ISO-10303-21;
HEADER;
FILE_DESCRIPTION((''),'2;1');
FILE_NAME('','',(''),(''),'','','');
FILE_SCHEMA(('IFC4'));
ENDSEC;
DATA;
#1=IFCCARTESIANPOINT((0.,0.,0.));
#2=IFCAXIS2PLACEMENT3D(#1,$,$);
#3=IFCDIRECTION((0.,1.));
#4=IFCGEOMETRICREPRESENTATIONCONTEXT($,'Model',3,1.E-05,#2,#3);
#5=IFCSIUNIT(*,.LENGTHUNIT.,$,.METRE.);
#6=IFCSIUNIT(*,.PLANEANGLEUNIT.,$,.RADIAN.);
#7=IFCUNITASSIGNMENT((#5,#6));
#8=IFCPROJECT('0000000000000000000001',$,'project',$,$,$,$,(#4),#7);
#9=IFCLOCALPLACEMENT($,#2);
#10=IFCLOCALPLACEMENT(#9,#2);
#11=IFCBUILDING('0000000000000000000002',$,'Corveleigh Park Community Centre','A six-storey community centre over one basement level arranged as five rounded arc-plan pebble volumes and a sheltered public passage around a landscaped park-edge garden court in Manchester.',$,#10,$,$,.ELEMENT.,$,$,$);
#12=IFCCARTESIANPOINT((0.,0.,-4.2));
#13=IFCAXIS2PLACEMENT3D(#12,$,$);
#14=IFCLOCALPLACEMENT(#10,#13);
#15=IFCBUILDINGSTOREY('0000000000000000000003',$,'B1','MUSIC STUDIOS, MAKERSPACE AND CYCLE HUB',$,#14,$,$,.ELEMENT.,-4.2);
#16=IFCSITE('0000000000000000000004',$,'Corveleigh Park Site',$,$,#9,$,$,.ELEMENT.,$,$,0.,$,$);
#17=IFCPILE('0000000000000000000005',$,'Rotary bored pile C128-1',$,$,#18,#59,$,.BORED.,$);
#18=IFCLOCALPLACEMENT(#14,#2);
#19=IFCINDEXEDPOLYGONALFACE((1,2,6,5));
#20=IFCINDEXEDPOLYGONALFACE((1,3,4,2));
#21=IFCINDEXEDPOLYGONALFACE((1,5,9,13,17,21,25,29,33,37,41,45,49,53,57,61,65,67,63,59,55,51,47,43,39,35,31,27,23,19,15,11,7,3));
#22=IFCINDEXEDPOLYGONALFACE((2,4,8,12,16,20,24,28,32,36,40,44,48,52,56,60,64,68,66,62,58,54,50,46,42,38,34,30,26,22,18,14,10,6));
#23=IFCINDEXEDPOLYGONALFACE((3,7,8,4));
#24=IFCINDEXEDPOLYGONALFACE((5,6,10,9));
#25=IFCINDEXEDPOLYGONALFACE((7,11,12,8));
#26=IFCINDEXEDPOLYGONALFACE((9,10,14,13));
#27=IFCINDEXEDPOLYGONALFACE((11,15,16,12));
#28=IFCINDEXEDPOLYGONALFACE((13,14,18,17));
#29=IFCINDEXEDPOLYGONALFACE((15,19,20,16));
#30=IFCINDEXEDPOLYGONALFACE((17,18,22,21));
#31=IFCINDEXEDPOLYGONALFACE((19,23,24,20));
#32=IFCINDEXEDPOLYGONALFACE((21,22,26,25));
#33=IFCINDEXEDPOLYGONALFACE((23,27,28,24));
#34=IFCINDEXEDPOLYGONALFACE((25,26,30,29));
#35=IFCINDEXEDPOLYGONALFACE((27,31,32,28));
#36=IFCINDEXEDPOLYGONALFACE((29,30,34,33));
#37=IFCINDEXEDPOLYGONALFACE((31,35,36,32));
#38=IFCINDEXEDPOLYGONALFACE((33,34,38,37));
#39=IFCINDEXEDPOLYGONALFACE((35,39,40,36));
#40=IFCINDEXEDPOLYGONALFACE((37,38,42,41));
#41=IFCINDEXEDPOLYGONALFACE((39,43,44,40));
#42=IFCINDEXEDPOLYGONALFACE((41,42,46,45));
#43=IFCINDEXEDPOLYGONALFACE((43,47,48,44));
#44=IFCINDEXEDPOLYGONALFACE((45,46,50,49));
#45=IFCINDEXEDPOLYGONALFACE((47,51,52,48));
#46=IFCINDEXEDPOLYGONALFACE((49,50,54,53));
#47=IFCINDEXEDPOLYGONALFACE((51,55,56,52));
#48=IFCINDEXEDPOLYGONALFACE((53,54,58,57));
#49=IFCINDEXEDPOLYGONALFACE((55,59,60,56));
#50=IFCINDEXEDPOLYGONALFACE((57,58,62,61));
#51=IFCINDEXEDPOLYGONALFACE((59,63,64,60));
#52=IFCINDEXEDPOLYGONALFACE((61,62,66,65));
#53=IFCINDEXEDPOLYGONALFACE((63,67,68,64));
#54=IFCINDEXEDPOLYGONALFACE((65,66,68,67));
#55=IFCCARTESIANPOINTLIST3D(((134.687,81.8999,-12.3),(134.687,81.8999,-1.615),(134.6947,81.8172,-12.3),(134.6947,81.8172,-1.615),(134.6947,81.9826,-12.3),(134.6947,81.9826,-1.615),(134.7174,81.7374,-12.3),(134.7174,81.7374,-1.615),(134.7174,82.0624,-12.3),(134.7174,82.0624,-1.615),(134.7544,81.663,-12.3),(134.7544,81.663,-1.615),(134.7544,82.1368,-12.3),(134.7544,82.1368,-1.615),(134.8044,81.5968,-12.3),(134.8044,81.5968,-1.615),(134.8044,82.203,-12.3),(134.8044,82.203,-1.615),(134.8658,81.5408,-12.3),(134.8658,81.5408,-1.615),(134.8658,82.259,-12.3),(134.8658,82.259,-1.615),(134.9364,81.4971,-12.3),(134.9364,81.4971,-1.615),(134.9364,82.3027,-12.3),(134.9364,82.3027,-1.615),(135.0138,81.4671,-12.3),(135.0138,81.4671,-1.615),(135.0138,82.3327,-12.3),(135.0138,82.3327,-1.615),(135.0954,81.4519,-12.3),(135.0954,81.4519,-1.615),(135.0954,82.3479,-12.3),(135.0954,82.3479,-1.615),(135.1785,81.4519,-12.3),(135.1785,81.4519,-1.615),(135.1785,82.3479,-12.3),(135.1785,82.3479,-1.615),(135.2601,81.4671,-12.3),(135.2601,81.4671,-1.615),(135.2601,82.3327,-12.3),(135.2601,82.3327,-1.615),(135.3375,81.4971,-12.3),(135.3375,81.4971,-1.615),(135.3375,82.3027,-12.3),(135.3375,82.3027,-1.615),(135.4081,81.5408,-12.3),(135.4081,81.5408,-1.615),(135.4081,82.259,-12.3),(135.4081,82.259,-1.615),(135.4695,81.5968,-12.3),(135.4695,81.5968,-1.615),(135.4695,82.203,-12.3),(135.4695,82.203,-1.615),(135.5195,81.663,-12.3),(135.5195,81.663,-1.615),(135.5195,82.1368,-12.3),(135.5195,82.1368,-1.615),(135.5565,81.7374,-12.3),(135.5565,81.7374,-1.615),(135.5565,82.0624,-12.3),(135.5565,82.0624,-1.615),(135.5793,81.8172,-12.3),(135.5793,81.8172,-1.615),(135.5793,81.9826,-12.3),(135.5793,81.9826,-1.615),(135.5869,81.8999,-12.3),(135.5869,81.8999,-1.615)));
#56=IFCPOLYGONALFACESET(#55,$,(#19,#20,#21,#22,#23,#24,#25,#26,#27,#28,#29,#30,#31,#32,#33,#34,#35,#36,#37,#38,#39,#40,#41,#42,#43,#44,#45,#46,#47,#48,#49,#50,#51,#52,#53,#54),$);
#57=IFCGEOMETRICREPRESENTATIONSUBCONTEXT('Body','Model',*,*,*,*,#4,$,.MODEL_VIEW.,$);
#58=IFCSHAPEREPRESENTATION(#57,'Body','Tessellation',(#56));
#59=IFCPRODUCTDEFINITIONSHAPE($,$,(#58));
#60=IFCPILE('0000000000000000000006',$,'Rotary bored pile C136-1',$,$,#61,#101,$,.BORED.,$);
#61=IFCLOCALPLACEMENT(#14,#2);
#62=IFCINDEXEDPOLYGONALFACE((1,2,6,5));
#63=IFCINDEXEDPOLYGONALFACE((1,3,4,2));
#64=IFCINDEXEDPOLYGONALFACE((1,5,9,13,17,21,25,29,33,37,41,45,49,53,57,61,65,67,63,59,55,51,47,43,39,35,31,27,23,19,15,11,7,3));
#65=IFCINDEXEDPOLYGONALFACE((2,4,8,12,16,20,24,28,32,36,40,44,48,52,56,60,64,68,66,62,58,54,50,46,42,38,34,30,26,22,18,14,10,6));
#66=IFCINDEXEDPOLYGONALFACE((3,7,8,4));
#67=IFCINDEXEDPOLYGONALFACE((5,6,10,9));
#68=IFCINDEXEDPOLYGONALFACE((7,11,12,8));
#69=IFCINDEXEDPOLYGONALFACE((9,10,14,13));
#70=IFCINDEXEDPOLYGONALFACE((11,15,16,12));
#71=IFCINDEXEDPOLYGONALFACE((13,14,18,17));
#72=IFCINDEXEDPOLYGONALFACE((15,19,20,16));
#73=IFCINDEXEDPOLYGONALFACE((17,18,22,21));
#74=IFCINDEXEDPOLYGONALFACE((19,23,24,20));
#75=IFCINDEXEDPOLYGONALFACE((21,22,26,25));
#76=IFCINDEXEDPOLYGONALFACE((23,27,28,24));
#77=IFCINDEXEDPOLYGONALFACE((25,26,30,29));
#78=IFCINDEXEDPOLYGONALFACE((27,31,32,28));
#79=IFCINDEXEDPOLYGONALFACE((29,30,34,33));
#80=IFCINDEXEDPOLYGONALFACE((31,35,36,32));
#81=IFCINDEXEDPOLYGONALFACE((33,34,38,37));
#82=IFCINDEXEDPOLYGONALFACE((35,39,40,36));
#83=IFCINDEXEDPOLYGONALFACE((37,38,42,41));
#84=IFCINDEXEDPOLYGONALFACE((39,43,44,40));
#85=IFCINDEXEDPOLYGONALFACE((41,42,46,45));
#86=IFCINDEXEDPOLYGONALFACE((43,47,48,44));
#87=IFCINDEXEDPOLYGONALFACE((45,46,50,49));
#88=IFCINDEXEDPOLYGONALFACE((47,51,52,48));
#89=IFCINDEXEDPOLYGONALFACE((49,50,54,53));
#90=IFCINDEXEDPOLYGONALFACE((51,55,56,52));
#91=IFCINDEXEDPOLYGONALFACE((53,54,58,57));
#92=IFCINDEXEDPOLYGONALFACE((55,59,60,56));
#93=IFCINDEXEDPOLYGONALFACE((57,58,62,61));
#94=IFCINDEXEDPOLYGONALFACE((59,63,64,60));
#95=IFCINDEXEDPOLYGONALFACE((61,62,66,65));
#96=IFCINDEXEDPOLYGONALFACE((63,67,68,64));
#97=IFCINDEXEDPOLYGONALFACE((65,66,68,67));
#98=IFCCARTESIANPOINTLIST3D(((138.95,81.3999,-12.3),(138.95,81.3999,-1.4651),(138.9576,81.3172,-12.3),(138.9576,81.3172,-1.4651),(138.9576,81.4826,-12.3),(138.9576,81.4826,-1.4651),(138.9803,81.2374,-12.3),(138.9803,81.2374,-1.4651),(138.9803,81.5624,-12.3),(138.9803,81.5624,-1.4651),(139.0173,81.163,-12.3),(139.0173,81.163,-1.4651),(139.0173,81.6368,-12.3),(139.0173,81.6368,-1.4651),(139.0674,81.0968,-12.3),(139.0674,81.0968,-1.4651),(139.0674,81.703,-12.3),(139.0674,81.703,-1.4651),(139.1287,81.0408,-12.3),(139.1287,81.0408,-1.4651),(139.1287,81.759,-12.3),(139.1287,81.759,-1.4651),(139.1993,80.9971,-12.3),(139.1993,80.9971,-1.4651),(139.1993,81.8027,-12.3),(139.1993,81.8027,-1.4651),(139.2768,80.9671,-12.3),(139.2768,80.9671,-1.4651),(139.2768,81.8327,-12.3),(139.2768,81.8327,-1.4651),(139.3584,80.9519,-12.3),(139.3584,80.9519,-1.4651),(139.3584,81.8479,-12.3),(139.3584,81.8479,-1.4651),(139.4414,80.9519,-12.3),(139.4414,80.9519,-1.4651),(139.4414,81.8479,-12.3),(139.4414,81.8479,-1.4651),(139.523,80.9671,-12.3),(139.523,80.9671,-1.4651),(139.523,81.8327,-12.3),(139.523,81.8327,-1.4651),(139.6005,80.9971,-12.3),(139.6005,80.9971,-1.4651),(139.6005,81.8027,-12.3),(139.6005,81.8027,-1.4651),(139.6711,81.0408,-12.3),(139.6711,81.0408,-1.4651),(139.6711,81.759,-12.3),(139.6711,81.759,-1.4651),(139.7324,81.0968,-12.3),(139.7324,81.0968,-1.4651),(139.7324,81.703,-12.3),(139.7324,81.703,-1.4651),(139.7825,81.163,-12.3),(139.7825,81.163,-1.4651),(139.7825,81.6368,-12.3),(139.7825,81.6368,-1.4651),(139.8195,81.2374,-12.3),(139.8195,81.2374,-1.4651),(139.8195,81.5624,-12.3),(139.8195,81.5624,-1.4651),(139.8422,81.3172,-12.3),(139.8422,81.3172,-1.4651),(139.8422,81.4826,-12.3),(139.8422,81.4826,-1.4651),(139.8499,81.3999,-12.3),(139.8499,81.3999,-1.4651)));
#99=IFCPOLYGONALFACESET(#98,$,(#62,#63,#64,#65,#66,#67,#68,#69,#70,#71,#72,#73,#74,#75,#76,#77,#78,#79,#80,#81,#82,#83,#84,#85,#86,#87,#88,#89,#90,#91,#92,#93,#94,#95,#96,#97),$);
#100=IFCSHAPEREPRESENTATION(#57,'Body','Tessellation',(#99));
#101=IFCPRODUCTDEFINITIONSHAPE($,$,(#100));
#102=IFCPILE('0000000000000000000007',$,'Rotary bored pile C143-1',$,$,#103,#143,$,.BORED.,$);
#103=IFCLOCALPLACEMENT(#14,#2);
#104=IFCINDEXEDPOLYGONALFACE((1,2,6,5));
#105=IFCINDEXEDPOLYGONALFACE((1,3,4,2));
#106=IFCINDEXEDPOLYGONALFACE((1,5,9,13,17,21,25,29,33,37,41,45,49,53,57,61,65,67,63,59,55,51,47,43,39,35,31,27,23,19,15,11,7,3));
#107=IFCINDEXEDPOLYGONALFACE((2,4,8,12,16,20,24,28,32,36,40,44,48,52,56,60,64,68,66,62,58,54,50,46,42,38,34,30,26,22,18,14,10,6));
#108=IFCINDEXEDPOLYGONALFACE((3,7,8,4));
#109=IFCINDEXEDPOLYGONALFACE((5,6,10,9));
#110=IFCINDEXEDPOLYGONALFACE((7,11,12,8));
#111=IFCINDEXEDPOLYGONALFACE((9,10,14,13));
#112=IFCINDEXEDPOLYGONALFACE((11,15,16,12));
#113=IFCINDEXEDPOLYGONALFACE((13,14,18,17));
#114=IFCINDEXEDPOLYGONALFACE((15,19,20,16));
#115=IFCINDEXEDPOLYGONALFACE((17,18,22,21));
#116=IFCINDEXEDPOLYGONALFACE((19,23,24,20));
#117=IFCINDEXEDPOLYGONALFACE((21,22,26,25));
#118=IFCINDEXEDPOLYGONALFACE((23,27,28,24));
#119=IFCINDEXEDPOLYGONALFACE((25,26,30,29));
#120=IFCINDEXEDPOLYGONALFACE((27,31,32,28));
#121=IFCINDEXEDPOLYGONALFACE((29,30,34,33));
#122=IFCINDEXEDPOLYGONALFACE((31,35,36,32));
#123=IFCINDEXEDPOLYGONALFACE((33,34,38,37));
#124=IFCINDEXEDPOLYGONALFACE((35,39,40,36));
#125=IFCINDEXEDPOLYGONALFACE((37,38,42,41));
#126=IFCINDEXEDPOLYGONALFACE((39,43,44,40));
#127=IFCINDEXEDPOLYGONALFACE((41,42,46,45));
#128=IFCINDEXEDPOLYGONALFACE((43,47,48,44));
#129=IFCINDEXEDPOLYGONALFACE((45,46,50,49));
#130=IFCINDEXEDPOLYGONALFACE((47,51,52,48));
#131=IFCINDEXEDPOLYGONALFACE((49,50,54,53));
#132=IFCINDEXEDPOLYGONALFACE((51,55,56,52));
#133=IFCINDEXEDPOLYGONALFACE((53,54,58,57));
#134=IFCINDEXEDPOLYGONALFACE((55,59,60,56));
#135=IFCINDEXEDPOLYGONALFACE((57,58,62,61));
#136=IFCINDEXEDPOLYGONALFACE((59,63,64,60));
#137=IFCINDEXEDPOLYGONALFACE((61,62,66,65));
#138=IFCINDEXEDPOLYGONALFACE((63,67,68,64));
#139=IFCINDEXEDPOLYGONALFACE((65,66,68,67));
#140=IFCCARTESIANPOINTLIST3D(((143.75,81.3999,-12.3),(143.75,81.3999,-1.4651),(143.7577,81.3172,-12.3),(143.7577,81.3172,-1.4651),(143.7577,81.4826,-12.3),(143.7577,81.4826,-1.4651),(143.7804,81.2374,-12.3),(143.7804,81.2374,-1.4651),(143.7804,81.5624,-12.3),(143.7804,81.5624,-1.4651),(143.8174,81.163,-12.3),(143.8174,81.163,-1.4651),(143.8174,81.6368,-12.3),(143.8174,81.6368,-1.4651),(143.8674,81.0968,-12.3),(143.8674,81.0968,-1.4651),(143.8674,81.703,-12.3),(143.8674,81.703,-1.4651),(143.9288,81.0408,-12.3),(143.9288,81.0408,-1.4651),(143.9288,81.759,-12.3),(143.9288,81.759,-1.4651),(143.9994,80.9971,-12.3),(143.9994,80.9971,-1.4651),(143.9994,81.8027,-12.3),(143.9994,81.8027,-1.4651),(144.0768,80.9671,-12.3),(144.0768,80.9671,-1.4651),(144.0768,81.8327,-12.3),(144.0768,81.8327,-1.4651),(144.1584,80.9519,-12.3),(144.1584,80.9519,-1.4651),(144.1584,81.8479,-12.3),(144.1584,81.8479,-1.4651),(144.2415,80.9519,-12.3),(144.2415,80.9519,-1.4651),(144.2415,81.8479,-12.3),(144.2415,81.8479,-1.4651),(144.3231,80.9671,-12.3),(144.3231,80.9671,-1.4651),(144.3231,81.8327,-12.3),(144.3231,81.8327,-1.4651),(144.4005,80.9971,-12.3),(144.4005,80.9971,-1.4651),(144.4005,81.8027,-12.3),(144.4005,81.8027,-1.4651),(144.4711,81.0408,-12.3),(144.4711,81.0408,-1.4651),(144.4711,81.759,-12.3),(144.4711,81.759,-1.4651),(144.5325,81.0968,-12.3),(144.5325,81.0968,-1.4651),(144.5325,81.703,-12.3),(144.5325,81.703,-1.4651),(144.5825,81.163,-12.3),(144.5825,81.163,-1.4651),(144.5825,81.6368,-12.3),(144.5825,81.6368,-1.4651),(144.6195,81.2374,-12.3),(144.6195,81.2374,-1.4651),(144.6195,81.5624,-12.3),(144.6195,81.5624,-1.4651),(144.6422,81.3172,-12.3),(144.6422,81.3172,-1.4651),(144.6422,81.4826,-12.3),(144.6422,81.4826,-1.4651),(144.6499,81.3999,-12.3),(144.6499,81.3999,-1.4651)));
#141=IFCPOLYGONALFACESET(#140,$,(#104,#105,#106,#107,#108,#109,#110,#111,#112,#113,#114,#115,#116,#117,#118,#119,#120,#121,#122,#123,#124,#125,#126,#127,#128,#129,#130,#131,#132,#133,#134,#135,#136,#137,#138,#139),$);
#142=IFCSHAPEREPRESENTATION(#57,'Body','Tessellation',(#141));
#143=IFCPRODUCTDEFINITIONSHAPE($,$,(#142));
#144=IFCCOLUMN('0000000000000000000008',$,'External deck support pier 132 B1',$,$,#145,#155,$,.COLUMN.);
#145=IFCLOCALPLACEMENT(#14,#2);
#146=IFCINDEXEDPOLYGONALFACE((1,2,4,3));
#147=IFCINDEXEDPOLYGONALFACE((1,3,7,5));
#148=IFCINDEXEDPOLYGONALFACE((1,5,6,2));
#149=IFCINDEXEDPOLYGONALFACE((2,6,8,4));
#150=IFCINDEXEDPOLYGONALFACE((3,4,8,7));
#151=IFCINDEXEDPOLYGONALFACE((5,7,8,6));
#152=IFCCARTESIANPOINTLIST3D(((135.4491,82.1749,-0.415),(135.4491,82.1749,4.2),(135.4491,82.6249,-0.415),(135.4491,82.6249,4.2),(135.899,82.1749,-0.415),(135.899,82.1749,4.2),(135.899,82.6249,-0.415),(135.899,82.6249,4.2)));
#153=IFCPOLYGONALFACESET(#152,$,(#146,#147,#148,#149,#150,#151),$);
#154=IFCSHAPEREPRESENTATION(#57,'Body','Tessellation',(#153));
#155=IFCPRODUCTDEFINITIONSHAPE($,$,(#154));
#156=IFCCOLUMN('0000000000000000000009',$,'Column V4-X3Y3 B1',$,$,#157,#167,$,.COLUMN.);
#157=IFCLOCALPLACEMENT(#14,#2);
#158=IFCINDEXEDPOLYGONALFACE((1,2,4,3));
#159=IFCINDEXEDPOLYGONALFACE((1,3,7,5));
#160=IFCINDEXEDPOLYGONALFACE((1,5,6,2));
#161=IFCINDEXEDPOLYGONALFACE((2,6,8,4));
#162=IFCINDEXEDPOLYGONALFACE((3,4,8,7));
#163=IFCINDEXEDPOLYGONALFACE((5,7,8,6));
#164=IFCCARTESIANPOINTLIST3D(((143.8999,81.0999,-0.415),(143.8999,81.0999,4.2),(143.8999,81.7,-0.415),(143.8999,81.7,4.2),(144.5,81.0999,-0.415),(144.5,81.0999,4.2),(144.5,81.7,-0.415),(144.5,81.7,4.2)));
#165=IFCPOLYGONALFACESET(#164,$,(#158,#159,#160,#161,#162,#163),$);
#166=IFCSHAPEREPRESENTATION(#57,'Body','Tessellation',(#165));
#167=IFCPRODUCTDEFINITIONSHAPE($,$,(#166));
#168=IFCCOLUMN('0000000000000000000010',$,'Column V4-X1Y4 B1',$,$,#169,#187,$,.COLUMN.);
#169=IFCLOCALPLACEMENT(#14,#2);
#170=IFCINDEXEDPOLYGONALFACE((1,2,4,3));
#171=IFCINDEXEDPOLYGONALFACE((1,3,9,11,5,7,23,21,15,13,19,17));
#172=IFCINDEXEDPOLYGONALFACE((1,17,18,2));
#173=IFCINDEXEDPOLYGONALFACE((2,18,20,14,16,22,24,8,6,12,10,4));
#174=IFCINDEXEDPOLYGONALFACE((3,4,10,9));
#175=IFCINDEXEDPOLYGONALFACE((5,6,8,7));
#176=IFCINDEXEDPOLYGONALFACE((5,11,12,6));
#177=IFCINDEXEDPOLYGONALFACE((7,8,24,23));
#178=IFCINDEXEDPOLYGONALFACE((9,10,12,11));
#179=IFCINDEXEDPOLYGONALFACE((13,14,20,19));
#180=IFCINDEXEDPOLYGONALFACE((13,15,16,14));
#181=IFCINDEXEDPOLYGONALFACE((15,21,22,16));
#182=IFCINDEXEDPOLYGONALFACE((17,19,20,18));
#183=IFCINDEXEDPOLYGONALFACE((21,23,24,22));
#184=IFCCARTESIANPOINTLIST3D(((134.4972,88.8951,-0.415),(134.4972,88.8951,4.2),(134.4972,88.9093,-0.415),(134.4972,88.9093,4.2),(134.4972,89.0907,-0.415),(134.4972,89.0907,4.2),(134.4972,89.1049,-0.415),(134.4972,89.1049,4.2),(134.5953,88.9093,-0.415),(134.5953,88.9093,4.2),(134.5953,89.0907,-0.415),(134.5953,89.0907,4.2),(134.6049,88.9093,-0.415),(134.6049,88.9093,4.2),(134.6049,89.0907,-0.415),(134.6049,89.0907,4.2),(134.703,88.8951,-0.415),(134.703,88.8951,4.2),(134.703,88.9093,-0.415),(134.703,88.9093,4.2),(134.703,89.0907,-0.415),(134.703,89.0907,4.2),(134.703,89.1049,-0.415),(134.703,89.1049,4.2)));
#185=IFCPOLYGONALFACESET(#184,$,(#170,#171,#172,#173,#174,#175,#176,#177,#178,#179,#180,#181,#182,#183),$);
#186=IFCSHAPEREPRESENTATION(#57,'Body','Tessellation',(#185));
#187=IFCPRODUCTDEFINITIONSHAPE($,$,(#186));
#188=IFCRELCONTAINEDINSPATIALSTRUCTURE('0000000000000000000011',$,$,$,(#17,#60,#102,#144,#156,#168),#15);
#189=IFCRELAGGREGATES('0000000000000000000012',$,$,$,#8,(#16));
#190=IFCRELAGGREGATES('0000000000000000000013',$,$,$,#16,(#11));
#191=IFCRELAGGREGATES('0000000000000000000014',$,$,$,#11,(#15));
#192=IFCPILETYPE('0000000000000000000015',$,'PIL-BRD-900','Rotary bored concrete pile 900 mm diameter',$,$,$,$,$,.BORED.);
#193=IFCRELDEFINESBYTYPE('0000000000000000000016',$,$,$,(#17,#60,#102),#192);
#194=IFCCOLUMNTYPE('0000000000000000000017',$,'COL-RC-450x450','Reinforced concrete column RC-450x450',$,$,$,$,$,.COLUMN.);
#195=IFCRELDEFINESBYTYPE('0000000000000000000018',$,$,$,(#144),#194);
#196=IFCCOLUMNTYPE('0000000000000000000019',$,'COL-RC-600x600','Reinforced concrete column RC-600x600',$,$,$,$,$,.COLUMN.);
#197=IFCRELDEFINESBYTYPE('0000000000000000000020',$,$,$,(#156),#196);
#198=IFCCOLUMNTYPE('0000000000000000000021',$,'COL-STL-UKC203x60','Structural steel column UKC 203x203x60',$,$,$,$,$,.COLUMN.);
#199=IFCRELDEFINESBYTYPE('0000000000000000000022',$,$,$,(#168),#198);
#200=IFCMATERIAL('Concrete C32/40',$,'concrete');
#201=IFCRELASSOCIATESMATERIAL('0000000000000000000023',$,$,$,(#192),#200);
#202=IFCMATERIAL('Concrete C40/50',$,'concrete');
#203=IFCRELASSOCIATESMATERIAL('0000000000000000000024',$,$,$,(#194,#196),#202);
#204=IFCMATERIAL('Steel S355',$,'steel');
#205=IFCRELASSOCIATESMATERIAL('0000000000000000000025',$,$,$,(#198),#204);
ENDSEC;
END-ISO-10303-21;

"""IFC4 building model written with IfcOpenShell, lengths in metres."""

from ifc_helpers import new_model, si_unit, direction, frame, origin, origin_2d, place, context, subcontext, project, spatial, rectangle, circle, i_section, extrude, material, material_profile, profile_set, type_object, element, save


model = new_model("IFC4")

# Units and contexts
model_context = context("Model", 3, precision=1e-05, world=origin(), true_north=direction((0.0, 1.0)))
body_context = subcontext(model_context, "Body", "Model", "MODEL_VIEW")
ifc_project = project(units=[si_unit("LENGTHUNIT", "METRE"), si_unit("PLANEANGLEUNIT", "RADIAN")], contexts=[model_context])

# Site, building, storey
site_placement = place(None, origin())
site = spatial("IfcSite", under=ifc_project, at=site_placement, Name="Corveleigh Park Site", CompositionType="ELEMENT", RefElevation=0.0)
building_placement = place(site_placement, origin())
building = spatial("IfcBuilding", under=site, at=building_placement, Name="Corveleigh Park Community Centre", Description="A six-storey community centre over one basement level arranged as five rounded arc-plan pebble volumes and a sheltered public passage around a landscaped park-edge garden court in Manchester.", CompositionType="ELEMENT")
storey_placement = place(building_placement, frame((0.0, 0.0, -4.2)))
storey = spatial("IfcBuildingStorey", under=building, at=storey_placement, Name="B1", Description="MUSIC STUDIOS, MAKERSPACE AND CYCLE HUB", CompositionType="ELEMENT", Elevation=-4.2)

# Shared definitions
ifc_material_1 = material(Name="Concrete C40/50", Category="concrete")

# Piles
ifc_material_2 = material(Name="Concrete C32/40", Category="concrete")
ifc_material_profile_1 = material_profile(ifc_material_2, circle(Radius=0.45, at=origin_2d()), Name="BORED-PILE-900", Category="concrete")
ifc_profile_set_1 = profile_set([ifc_material_profile_1], Name="Concrete C32/40")
pile_type_1 = type_object("IfcPileType", Name="PIL-BRD-900", Description="Rotary bored concrete pile 900 mm diameter", PredefinedType="BORED", material=ifc_profile_set_1)
pile_1_placement = place(storey_placement, frame((135.137, 81.8999, -1.615), z_axis=(0.0, 0.0, -1.0), x_axis=(1.0, 0.0, 0.0)))
element("IfcPile", 1, at=pile_1_placement, inside=storey, type_object=pile_type_1, Name="Rotary bored pile C128-1", PredefinedType="BORED", context=body_context, shape_type="SweptSolid", body=[
    extrude(circle(Radius=0.45, at=origin_2d()), origin(), (0.0, 0.0, 1.0), 10.6851),
])
for number, where, z_axis, x_axis, name in (
    (2, (139.3999, 81.3999, -1.4651), (0.0, 0.0, -1.0), (1.0, 0.0, 0.0), "Rotary bored pile C136-1"),
    (3, (144.2, 81.3999, -1.4651), (0.0, 0.0, -1.0), (1.0, 0.0, 0.0), "Rotary bored pile C143-1"),
):
    element("IfcPile", number, at=place(storey_placement, frame(where, z_axis=z_axis, x_axis=x_axis)), inside=storey, type_object=pile_type_1, Name=name, PredefinedType="BORED", context=body_context, shape_type="SweptSolid", body=[
        extrude(circle(Radius=0.45, at=origin_2d()), origin(), (0.0, 0.0, 1.0), 10.835),
    ])

# Columns
ifc_material_profile_2 = material_profile(ifc_material_1, rectangle(XDim=0.45, YDim=0.45, at=origin_2d()), Name="RC-450x450", Category="concrete")
ifc_profile_set_2 = profile_set([ifc_material_profile_2], Name="Concrete C40/50")
column_type_1 = type_object("IfcColumnType", Name="COL-RC-450x450", Description="Reinforced concrete column RC-450x450", PredefinedType="COLUMN", material=ifc_profile_set_2)
column_1_placement = place(storey_placement, frame((135.6741, 82.3999, -0.415), z_axis=(0.0, 0.0, 1.0), x_axis=(1.0, 0.0, 0.0)))
element("IfcColumn", 4, at=column_1_placement, inside=storey, type_object=column_type_1, Name="External deck support pier 132 B1", PredefinedType="COLUMN", context=body_context, shape_type="SweptSolid", body=[
    extrude(rectangle(XDim=0.45, YDim=0.45, at=origin_2d()), origin(), (0.0, 0.0, 1.0), 4.615),
])
ifc_material_profile_3 = material_profile(ifc_material_1, rectangle(XDim=0.6001, YDim=0.6001, at=origin_2d()), Name="RC-600x600", Category="concrete")
ifc_profile_set_3 = profile_set([ifc_material_profile_3], Name="Concrete C40/50")
column_type_2 = type_object("IfcColumnType", Name="COL-RC-600x600", Description="Reinforced concrete column RC-600x600", PredefinedType="COLUMN", material=ifc_profile_set_3)
column_2_placement = place(storey_placement, frame((144.2, 81.3999, -0.415), z_axis=(0.0, 0.0, 1.0), x_axis=(1.0, 0.0, 0.0)))
element("IfcColumn", 5, at=column_2_placement, inside=storey, type_object=column_type_2, Name="Column V4-X3Y3 B1", PredefinedType="COLUMN", context=body_context, shape_type="SweptSolid", body=[
    extrude(rectangle(XDim=0.6001, YDim=0.6001, at=origin_2d()), origin(), (0.0, 0.0, 1.0), 4.615),
])
ifc_material_3 = material(Name="Steel S355", Category="steel")
ifc_material_profile_4 = material_profile(ifc_material_3, i_section(OverallWidth=0.2058, OverallDepth=0.2097, WebThickness=0.0095, FlangeThickness=0.0142, at=origin_2d()), Name="UKC 203x203x60", Category="steel")
ifc_profile_set_4 = profile_set([ifc_material_profile_4], Name="Steel S355")
column_type_3 = type_object("IfcColumnType", Name="COL-STL-UKC203x60", Description="Structural steel column UKC 203x203x60", PredefinedType="COLUMN", material=ifc_profile_set_4)
column_3_placement = place(storey_placement, frame((134.6001, 89.0, -0.415), z_axis=(0.0, 0.0, 1.0), x_axis=(1.0, 0.0, 0.0)))
element("IfcColumn", 6, at=column_3_placement, inside=storey, type_object=column_type_3, Name="Column V4-X1Y4 B1", PredefinedType="COLUMN", context=body_context, shape_type="SweptSolid", body=[
    extrude(i_section(OverallWidth=0.2058, OverallDepth=0.2097, WebThickness=0.0095, FlangeThickness=0.0142, at=origin_2d()), origin(), (0.0, 0.0, 1.0), 4.615),
])

save(model, "model.ifc")
